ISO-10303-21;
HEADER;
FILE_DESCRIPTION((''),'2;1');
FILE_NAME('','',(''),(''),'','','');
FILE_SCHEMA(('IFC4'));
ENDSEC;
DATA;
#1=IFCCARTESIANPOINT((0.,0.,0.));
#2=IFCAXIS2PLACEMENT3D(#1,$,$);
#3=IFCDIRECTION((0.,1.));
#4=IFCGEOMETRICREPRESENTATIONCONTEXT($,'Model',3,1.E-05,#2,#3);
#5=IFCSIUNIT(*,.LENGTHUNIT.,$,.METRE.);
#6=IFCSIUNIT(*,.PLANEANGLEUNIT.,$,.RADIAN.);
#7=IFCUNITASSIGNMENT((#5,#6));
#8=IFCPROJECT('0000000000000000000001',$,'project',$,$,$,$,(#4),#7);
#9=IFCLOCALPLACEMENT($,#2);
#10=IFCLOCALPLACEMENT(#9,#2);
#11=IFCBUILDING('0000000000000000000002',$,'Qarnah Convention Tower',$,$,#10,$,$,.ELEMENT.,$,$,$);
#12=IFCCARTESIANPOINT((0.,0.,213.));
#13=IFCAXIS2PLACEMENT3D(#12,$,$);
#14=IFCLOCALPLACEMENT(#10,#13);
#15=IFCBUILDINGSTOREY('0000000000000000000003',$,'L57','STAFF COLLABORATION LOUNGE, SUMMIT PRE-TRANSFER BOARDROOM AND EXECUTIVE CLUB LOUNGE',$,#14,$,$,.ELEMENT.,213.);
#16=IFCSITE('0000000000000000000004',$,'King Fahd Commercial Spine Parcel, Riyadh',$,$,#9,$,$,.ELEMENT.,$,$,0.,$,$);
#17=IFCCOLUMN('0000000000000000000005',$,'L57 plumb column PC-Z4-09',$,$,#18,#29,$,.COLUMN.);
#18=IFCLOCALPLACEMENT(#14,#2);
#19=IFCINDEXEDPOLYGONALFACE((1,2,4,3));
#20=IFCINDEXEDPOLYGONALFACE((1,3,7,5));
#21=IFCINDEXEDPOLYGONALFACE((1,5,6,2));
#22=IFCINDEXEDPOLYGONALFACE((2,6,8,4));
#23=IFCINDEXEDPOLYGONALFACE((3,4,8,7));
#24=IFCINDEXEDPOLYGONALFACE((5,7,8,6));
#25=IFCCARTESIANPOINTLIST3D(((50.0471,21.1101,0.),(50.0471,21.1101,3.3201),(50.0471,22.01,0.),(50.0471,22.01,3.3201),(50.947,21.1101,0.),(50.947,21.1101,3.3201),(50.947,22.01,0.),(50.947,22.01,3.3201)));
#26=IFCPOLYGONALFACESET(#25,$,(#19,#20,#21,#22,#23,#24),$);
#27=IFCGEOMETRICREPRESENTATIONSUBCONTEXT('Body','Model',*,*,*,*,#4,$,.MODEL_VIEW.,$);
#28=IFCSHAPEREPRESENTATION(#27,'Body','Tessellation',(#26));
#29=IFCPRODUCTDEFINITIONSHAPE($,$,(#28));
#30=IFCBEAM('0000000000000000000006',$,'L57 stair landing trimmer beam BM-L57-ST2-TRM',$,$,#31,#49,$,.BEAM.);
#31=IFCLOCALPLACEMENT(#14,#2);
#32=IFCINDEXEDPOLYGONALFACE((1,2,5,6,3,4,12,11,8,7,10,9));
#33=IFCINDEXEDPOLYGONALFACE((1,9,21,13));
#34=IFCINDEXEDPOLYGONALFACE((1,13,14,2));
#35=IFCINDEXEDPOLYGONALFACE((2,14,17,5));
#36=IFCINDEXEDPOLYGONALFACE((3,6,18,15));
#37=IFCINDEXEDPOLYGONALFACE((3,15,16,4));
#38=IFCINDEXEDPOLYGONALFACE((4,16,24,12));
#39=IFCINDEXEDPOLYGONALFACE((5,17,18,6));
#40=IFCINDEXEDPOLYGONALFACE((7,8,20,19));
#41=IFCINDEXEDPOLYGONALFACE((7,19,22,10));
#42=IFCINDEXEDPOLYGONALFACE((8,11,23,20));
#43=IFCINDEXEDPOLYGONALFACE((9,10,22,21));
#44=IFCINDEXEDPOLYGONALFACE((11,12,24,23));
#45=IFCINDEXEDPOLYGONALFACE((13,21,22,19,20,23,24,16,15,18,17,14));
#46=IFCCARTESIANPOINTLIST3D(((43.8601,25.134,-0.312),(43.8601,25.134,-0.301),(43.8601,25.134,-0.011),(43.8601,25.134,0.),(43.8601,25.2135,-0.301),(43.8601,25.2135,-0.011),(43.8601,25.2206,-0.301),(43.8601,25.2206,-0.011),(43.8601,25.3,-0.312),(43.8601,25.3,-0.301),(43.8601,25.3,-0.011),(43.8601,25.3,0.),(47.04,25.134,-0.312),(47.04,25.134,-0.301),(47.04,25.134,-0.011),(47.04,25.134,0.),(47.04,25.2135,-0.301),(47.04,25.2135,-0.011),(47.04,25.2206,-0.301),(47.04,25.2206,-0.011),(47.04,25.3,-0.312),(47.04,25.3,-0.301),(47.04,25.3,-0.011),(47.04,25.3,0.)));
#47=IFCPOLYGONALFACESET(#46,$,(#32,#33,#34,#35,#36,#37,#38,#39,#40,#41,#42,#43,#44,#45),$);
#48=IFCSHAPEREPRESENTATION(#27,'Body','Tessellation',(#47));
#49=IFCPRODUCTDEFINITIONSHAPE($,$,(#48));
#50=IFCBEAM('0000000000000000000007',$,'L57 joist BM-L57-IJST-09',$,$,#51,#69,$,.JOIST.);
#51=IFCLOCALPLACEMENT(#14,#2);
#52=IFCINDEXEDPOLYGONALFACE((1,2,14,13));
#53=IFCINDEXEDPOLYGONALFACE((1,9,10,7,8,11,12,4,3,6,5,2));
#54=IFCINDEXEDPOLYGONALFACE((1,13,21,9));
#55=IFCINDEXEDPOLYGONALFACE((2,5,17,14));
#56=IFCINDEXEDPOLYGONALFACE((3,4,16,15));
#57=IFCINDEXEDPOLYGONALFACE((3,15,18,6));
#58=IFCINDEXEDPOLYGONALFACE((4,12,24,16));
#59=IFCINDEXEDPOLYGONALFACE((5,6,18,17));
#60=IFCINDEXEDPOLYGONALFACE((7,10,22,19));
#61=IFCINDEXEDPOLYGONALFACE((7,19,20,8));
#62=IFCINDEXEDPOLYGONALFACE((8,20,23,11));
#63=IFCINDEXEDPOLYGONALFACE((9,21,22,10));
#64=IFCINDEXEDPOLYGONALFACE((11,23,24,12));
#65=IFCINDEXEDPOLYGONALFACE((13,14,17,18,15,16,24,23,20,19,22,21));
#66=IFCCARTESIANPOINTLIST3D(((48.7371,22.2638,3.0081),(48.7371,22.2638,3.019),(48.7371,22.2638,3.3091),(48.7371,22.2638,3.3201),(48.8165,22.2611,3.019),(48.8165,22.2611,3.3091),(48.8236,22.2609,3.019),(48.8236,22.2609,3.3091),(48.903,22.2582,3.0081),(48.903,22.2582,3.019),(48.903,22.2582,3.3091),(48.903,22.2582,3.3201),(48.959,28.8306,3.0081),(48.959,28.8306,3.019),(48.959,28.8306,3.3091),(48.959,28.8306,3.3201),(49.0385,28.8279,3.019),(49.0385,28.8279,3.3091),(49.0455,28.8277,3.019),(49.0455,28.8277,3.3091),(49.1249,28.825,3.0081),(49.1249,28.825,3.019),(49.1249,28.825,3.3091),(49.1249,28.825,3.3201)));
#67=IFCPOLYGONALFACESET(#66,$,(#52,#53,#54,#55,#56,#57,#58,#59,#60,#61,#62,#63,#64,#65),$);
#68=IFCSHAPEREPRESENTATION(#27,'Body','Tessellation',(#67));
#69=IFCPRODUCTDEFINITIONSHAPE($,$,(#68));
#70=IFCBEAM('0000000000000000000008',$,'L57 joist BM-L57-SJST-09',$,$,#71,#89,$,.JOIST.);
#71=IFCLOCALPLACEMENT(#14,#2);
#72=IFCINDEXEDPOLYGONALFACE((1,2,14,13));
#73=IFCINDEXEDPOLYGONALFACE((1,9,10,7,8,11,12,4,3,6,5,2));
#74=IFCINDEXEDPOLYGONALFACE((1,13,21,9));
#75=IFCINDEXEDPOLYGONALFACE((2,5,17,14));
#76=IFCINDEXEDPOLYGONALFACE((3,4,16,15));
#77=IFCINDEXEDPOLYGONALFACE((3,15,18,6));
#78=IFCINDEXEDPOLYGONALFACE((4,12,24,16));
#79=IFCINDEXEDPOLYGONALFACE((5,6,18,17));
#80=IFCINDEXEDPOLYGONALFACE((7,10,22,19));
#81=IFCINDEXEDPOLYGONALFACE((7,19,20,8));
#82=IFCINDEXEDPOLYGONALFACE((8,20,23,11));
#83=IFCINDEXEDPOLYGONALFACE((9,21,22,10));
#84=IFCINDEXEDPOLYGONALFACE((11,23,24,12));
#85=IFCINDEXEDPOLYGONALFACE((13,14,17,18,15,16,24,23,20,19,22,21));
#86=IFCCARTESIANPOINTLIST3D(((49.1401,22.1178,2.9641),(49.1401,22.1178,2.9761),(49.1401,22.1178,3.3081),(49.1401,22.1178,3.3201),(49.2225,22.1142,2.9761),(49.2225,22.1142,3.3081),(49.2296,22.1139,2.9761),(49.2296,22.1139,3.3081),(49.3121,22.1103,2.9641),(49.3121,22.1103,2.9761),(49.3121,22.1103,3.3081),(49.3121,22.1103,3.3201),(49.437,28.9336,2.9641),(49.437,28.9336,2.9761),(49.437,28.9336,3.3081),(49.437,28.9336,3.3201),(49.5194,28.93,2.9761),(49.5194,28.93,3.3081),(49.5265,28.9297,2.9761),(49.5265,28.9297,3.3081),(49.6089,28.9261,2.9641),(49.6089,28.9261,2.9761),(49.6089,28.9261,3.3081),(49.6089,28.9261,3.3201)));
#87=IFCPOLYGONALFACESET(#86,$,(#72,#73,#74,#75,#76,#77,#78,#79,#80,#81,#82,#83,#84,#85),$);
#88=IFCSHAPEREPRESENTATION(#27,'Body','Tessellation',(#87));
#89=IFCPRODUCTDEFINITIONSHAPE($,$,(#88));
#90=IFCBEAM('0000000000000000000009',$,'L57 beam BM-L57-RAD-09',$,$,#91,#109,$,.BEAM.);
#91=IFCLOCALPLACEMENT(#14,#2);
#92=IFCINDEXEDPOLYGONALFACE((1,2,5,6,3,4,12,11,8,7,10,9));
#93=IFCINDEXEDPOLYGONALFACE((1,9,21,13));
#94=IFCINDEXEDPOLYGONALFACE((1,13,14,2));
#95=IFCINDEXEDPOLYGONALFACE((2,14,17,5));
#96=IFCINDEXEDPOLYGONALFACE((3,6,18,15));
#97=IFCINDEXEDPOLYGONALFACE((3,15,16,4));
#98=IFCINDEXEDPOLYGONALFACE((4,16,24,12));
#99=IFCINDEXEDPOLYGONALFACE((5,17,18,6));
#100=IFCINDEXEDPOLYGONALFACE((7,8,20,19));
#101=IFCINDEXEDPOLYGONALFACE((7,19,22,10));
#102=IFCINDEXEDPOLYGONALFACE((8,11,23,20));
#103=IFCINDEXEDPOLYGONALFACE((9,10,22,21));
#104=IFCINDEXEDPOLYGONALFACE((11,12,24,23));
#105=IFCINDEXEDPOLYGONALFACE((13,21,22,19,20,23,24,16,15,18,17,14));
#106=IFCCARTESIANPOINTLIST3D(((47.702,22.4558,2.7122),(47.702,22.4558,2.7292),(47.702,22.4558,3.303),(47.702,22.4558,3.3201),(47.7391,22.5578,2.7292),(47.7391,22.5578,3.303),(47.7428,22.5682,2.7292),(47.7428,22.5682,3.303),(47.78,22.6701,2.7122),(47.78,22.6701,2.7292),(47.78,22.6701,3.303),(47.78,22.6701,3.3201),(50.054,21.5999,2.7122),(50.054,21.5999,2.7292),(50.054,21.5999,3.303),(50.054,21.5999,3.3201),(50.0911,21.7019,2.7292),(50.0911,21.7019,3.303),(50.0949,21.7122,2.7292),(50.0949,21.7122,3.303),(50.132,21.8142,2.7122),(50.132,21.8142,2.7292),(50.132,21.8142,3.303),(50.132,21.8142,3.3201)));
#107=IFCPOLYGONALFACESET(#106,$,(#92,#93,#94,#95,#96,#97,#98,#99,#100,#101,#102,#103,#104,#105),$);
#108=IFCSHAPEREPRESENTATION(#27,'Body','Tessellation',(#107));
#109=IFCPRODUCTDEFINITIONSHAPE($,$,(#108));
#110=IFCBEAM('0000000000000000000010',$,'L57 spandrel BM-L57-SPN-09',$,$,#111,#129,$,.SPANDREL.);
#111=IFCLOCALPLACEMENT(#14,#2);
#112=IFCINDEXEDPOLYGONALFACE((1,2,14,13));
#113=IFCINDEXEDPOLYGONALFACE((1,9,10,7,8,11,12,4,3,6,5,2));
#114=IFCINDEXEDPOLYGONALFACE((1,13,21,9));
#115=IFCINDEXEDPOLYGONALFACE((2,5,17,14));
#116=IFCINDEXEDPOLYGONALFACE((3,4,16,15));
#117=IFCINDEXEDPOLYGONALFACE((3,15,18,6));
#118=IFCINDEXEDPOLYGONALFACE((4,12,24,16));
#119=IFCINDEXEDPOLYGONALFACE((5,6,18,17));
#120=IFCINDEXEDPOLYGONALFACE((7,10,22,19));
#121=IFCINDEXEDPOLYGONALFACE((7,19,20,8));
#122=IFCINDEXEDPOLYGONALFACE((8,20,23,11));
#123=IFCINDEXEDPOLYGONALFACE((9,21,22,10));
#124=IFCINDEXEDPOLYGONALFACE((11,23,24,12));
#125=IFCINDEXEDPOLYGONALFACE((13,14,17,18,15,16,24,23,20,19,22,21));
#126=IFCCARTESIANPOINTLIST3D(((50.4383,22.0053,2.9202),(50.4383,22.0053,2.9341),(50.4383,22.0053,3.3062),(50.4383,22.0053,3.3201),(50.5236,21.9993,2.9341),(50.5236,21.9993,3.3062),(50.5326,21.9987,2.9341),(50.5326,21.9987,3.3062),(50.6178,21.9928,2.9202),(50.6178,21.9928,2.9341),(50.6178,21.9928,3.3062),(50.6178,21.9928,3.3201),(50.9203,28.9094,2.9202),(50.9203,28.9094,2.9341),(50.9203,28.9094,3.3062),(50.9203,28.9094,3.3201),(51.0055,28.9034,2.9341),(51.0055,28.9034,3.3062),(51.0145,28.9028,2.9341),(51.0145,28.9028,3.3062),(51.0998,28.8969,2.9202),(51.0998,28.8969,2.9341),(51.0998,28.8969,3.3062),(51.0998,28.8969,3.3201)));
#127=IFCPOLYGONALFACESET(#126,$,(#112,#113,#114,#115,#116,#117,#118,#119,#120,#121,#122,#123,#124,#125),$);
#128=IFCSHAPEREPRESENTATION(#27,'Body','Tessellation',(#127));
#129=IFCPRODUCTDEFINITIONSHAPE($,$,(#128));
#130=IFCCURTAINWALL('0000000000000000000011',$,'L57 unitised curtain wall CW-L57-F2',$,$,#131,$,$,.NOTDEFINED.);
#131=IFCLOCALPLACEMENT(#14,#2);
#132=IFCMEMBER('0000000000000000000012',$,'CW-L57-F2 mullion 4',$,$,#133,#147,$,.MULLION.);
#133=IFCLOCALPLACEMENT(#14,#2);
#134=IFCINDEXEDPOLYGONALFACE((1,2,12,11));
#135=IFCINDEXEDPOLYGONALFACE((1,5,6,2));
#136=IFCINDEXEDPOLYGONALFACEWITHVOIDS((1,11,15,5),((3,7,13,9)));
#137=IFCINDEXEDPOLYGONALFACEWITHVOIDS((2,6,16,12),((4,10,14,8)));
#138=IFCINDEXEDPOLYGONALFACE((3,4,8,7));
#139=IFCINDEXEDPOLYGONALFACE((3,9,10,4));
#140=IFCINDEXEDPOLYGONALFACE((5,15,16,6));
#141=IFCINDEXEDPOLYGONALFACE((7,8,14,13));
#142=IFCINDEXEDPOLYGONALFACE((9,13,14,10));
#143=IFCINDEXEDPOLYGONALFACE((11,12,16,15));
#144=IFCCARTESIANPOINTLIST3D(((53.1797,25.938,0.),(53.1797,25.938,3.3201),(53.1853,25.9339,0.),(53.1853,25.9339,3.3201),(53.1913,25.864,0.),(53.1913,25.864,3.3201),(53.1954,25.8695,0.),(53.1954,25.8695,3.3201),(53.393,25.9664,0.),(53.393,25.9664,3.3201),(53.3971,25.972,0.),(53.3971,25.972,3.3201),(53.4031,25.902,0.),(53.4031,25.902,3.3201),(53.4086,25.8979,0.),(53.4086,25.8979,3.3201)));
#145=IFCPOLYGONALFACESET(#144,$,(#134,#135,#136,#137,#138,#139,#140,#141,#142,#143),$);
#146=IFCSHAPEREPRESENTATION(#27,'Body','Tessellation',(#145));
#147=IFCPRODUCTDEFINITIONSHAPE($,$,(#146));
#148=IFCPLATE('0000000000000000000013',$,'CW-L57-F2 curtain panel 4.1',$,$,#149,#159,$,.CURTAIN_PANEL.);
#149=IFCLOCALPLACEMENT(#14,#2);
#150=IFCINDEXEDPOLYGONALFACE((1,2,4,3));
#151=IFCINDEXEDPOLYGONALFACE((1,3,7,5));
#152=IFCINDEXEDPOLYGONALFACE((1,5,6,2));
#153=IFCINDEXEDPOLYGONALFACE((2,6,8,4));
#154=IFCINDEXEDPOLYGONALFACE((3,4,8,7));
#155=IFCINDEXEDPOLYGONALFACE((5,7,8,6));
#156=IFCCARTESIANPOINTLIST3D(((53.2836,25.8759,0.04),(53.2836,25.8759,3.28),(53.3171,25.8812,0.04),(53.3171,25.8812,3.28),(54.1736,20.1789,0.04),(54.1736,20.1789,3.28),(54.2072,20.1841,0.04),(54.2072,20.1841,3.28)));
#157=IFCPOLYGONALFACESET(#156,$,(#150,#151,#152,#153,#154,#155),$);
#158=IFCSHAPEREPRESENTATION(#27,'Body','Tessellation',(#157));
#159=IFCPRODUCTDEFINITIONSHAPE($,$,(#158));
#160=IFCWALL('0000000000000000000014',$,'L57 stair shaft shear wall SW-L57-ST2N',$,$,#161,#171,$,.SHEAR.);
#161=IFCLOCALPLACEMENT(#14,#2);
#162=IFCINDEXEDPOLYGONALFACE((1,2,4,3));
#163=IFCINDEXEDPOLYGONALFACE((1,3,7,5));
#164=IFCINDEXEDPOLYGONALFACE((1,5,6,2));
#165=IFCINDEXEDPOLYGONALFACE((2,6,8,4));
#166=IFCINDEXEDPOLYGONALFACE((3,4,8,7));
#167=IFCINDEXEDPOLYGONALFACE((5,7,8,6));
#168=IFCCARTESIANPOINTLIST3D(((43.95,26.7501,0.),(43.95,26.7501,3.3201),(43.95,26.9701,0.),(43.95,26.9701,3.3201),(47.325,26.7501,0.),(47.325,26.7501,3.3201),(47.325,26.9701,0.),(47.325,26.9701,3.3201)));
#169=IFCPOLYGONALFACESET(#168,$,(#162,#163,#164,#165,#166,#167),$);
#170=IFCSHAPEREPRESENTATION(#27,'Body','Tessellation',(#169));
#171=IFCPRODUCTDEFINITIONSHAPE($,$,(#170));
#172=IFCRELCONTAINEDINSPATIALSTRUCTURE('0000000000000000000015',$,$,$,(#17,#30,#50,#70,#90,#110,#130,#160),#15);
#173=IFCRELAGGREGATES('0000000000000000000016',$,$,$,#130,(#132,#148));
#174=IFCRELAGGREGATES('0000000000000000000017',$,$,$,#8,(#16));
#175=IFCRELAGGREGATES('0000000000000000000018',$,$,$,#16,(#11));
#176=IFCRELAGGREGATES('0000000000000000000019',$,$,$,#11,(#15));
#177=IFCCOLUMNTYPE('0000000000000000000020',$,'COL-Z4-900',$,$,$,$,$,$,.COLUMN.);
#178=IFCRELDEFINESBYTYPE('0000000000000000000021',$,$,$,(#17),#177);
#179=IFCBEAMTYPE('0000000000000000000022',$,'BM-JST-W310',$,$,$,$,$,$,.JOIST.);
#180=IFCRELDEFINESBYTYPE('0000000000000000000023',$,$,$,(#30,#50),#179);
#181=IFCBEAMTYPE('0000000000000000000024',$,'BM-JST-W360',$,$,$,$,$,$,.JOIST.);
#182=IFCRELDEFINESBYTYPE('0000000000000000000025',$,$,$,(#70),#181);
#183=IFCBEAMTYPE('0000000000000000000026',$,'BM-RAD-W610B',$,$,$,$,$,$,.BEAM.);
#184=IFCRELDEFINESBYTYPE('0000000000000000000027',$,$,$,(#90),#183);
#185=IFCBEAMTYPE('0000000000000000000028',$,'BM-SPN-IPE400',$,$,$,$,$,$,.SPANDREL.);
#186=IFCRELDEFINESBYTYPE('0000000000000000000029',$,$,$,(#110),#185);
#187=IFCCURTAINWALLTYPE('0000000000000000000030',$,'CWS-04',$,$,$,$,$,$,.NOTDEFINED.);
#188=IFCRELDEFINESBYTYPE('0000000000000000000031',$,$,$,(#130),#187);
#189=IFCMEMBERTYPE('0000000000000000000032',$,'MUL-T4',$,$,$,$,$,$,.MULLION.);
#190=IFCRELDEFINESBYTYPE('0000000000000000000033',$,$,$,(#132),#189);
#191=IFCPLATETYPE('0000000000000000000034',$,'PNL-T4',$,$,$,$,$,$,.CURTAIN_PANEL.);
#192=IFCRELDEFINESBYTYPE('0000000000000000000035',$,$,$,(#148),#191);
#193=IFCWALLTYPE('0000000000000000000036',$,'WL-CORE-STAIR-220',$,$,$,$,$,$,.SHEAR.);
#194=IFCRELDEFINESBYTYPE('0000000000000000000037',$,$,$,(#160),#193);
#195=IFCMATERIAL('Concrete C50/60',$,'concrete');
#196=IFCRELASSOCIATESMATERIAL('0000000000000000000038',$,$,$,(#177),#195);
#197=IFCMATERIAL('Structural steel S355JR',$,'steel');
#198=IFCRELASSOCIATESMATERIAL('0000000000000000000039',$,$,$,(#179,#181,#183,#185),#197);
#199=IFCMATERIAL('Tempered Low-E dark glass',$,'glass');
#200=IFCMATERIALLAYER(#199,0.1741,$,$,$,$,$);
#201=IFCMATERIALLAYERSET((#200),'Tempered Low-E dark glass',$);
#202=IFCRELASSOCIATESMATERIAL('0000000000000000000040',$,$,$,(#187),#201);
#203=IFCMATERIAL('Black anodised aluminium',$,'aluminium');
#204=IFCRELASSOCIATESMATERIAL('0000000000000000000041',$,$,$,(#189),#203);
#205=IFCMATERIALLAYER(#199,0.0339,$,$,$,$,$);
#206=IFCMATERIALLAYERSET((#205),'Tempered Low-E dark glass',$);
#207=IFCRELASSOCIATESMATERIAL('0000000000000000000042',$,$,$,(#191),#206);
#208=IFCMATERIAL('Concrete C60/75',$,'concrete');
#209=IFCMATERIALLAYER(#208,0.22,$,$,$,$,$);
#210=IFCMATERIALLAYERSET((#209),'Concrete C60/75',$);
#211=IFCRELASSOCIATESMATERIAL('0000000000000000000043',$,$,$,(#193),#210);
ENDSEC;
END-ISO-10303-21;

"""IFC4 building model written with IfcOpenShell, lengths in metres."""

from ifc_helpers import new_model, si_unit, direction, frame, frame_2d, origin, origin_2d, place, context, subcontext, project, spatial, rectangle, hollow_rectangle, i_section, extrude, material, layer, layer_set, material_profile, profile_set, type_object, element, aggregate, save


model = new_model("IFC4")

# Units and contexts
model_context = context("Model", 3, precision=1e-05, world=origin(), true_north=direction((0.0, 1.0)))
body_context = subcontext(model_context, "Body", "Model", "MODEL_VIEW")
ifc_project = project(units=[si_unit("LENGTHUNIT", "METRE"), si_unit("PLANEANGLEUNIT", "RADIAN")], contexts=[model_context])

# Site, building, storey
site_placement = place(None, origin())
site = spatial("IfcSite", under=ifc_project, at=site_placement, Name="King Fahd Commercial Spine Parcel, Riyadh", CompositionType="ELEMENT", RefElevation=0.0)
building_placement = place(site_placement, origin())
building = spatial("IfcBuilding", under=site, at=building_placement, Name="Qarnah Convention Tower", CompositionType="ELEMENT")
storey_placement = place(building_placement, frame((0.0, 0.0, 213.0)))
storey = spatial("IfcBuildingStorey", under=building, at=storey_placement, Name="L57", Description="STAFF COLLABORATION LOUNGE, SUMMIT PRE-TRANSFER BOARDROOM AND EXECUTIVE CLUB LOUNGE", CompositionType="ELEMENT", Elevation=213.0)

# Column
ifc_material_1 = material(Name="Concrete C50/60", Category="concrete")
ifc_material_profile_1 = material_profile(ifc_material_1, rectangle(XDim=0.8999, YDim=0.8999, at=origin_2d()), Name="RC-COL-900X900")
ifc_profile_set_1 = profile_set([ifc_material_profile_1], Name="Concrete C50/60")
column_type = type_object("IfcColumnType", Name="COL-Z4-900", PredefinedType="COLUMN", material=ifc_profile_set_1)
column_placement = place(storey_placement, frame((50.4971, 21.5601, 0.0), z_axis=(0.0, 0.0, 1.0), x_axis=(1.0, 0.0, 0.0)))
element("IfcColumn", 1, at=column_placement, inside=storey, type_object=column_type, Name="L57 plumb column PC-Z4-09", PredefinedType="COLUMN", context=body_context, shape_type="SweptSolid", body=[
    extrude(rectangle(XDim=0.8999, YDim=0.8999, at=origin_2d()), origin(), (0.0, 0.0, 1.0), 3.3201),
])

# Beams
ifc_material_2 = material(Name="Structural steel S355JR", Category="steel")
ifc_material_profile_2 = material_profile(ifc_material_2, i_section(OverallWidth=0.166, OverallDepth=0.312, WebThickness=0.0071, FlangeThickness=0.011, at=origin_2d()), Name="W310X45")
ifc_profile_set_2 = profile_set([ifc_material_profile_2], Name="Structural steel S355JR")
beam_type_1 = type_object("IfcBeamType", Name="BM-JST-W310", PredefinedType="JOIST", material=ifc_profile_set_2)
beam_1_placement = place(storey_placement, frame((43.8601, 25.217, -0.156), z_axis=(1.0, 0.0, 0.0), x_axis=(0.0, 1.0, 0.0)))
element("IfcBeam", 2, at=beam_1_placement, inside=storey, type_object=beam_type_1, Name="L57 stair landing trimmer beam BM-L57-ST2-TRM", PredefinedType="BEAM", context=body_context, shape_type="SweptSolid", body=[
    extrude(i_section(OverallWidth=0.166, OverallDepth=0.312, WebThickness=0.0071, FlangeThickness=0.011, at=origin_2d()), origin(), (0.0, 0.0, 1.0), 3.1799),
])
beam_2_placement = place(storey_placement, frame((48.8201, 22.261, 3.1641), z_axis=(0.033775, 0.999429, 0.0), x_axis=(-0.999429, 0.033775, 0.0)))
element("IfcBeam", 3, at=beam_2_placement, inside=storey, type_object=beam_type_1, Name="L57 joist BM-L57-IJST-09", PredefinedType="JOIST", context=body_context, shape_type="SweptSolid", body=[
    extrude(i_section(OverallWidth=0.166, OverallDepth=0.312, WebThickness=0.0071, FlangeThickness=0.011, at=origin_2d()), origin(), (0.0, 0.0, 1.0), 6.5706),
])
ifc_material_profile_3 = material_profile(ifc_material_2, i_section(OverallWidth=0.1721, OverallDepth=0.356, WebThickness=0.0071, FlangeThickness=0.012, at=origin_2d()), Name="W360X51")
ifc_profile_set_3 = profile_set([ifc_material_profile_3], Name="Structural steel S355JR")
beam_type_2 = type_object("IfcBeamType", Name="BM-JST-W360", PredefinedType="JOIST", material=ifc_profile_set_3)
beam_3_placement = place(storey_placement, frame((49.2261, 22.114, 3.1421), z_axis=(0.043515, 0.999053, 0.0), x_axis=(-0.999053, 0.043515, 0.0)))
element("IfcBeam", 4, at=beam_3_placement, inside=storey, type_object=beam_type_2, Name="L57 joist BM-L57-SJST-09", PredefinedType="JOIST", context=body_context, shape_type="SweptSolid", body=[
    extrude(i_section(OverallWidth=0.1721, OverallDepth=0.356, WebThickness=0.0071, FlangeThickness=0.012, at=origin_2d()), origin(), (0.0, 0.0, 1.0), 6.8223),
])
ifc_material_profile_4 = material_profile(ifc_material_2, i_section(OverallWidth=0.228, OverallDepth=0.6079, WebThickness=0.011, FlangeThickness=0.0171, at=origin_2d()), Name="W610X113")
ifc_profile_set_4 = profile_set([ifc_material_profile_4], Name="Structural steel S355JR")
beam_type_3 = type_object("IfcBeamType", Name="BM-RAD-W610B", PredefinedType="BEAM", material=ifc_profile_set_4)
beam_4_placement = place(storey_placement, frame((47.741, 22.563, 3.0161), z_axis=(0.939708, -0.341978, 0.0), x_axis=(0.341978, 0.939708, 0.0)))
element("IfcBeam", 5, at=beam_4_placement, inside=storey, type_object=beam_type_3, Name="L57 beam BM-L57-RAD-09", PredefinedType="BEAM", context=body_context, shape_type="SweptSolid", body=[
    extrude(i_section(OverallWidth=0.228, OverallDepth=0.6079, WebThickness=0.011, FlangeThickness=0.0171, at=origin_2d()), origin(), (0.0, 0.0, 1.0), 2.5029),
])
ifc_material_profile_5 = material_profile(ifc_material_2, i_section(OverallWidth=0.1799, OverallDepth=0.3999, WebThickness=0.009, FlangeThickness=0.0139, at=origin_2d()), Name="IPE400")
ifc_profile_set_5 = profile_set([ifc_material_profile_5], Name="Structural steel S355JR")
beam_type_4 = type_object("IfcBeamType", Name="BM-SPN-IPE400", PredefinedType="SPANDREL", material=ifc_profile_set_5)
beam_5_placement = place(storey_placement, frame((50.5281, 21.999, 3.1201), z_axis=(0.069635, 0.997573, 0.0), x_axis=(-0.997573, 0.069635, 0.0)))
element("IfcBeam", 6, at=beam_5_placement, inside=storey, type_object=beam_type_4, Name="L57 spandrel BM-L57-SPN-09", PredefinedType="SPANDREL", context=body_context, shape_type="SweptSolid", body=[
    extrude(i_section(OverallWidth=0.1799, OverallDepth=0.3999, WebThickness=0.009, FlangeThickness=0.0139, at=origin_2d()), origin(), (0.0, 0.0, 1.0), 6.9209),
])

# Curtain wall, member, plate
ifc_material_3 = material(Name="Tempered Low-E dark glass", Category="glass")
ifc_layer_1 = layer(ifc_material_3, 0.1741)
ifc_layer_set_1 = layer_set([ifc_layer_1], Name="Tempered Low-E dark glass")
curtain_wall_type = type_object("IfcCurtainWallType", Name="CWS-04", PredefinedType="NOTDEFINED", material=ifc_layer_set_1)
curtain_wall_placement = place(storey_placement, origin())
curtain_wall = element("IfcCurtainWall", 7, at=curtain_wall_placement, inside=storey, type_object=curtain_wall_type, Name="L57 unitised curtain wall CW-L57-F2", PredefinedType="NOTDEFINED")
ifc_material_4 = material(Name="Black anodised aluminium", Category="aluminium")
ifc_material_profile_6 = material_profile(ifc_material_4, hollow_rectangle(XDim=0.075, YDim=0.22, WallThickness=0.0049, at=origin_2d()), Name="MUL-75X220")
ifc_profile_set_6 = profile_set([ifc_material_profile_6], Name="Black anodised aluminium")
member_type = type_object("IfcMemberType", Name="MUL-T4", PredefinedType="MULLION", material=ifc_profile_set_6)
member_placement = place(storey_placement, frame((53.2942, 25.918, 0.0), z_axis=(0.0, 0.0, 1.0), x_axis=(0.15436, -0.988015, 0.0)))
member = element("IfcMember", 8, at=member_placement, type_object=member_type, Name="CW-L57-F2 mullion 4", PredefinedType="MULLION", context=body_context, shape_type="SweptSolid", body=[
    extrude(hollow_rectangle(XDim=0.075, YDim=0.22, WallThickness=0.0049, at=origin_2d()), origin(), (0.0, 0.0, 1.0), 3.3201),
])
ifc_layer_2 = layer(ifc_material_3, 0.0339)
ifc_layer_set_2 = layer_set([ifc_layer_2], Name="Tempered Low-E dark glass")
plate_type = type_object("IfcPlateType", Name="PNL-T4", PredefinedType="CURTAIN_PANEL", material=ifc_layer_set_2)
plate_placement = place(storey_placement, frame((53.7454, 23.03, 0.04), z_axis=(0.0, 0.0, 1.0), x_axis=(0.15436, -0.988015, 0.0)))
plate = element("IfcPlate", 9, at=plate_placement, type_object=plate_type, Name="CW-L57-F2 curtain panel 4.1", PredefinedType="CURTAIN_PANEL", context=body_context, shape_type="SweptSolid", body=[
    extrude(rectangle(XDim=5.7661, YDim=0.0339, at=origin_2d()), origin(), (0.0, 0.0, 1.0), 3.24),
])
aggregate(curtain_wall, [member, plate])

# Wall
ifc_material_5 = material(Name="Concrete C60/75", Category="concrete")
ifc_layer_3 = layer(ifc_material_5, 0.22)
ifc_layer_set_3 = layer_set([ifc_layer_3], Name="Concrete C60/75")
wall_type_1 = type_object("IfcWallType", Name="WL-CORE-STAIR-220", PredefinedType="SHEAR", material=ifc_layer_set_3)
wall_1_placement = place(storey_placement, frame((43.95, 26.8601, 0.0), z_axis=(0.0, 0.0, 1.0), x_axis=(1.0, 0.0, 0.0)))
element("IfcWall", 10, at=wall_1_placement, inside=storey, type_object=wall_type_1, Name="L57 stair shaft shear wall SW-L57-ST2N", PredefinedType="SHEAR", context=body_context, shape_type="SweptSolid", body=[
    extrude(rectangle(XDim=3.375, YDim=0.22, at=frame_2d((1.6875, 0.0))), origin(), (0.0, 0.0, 1.0), 3.3201),
])

save(model, "model.ifc")
